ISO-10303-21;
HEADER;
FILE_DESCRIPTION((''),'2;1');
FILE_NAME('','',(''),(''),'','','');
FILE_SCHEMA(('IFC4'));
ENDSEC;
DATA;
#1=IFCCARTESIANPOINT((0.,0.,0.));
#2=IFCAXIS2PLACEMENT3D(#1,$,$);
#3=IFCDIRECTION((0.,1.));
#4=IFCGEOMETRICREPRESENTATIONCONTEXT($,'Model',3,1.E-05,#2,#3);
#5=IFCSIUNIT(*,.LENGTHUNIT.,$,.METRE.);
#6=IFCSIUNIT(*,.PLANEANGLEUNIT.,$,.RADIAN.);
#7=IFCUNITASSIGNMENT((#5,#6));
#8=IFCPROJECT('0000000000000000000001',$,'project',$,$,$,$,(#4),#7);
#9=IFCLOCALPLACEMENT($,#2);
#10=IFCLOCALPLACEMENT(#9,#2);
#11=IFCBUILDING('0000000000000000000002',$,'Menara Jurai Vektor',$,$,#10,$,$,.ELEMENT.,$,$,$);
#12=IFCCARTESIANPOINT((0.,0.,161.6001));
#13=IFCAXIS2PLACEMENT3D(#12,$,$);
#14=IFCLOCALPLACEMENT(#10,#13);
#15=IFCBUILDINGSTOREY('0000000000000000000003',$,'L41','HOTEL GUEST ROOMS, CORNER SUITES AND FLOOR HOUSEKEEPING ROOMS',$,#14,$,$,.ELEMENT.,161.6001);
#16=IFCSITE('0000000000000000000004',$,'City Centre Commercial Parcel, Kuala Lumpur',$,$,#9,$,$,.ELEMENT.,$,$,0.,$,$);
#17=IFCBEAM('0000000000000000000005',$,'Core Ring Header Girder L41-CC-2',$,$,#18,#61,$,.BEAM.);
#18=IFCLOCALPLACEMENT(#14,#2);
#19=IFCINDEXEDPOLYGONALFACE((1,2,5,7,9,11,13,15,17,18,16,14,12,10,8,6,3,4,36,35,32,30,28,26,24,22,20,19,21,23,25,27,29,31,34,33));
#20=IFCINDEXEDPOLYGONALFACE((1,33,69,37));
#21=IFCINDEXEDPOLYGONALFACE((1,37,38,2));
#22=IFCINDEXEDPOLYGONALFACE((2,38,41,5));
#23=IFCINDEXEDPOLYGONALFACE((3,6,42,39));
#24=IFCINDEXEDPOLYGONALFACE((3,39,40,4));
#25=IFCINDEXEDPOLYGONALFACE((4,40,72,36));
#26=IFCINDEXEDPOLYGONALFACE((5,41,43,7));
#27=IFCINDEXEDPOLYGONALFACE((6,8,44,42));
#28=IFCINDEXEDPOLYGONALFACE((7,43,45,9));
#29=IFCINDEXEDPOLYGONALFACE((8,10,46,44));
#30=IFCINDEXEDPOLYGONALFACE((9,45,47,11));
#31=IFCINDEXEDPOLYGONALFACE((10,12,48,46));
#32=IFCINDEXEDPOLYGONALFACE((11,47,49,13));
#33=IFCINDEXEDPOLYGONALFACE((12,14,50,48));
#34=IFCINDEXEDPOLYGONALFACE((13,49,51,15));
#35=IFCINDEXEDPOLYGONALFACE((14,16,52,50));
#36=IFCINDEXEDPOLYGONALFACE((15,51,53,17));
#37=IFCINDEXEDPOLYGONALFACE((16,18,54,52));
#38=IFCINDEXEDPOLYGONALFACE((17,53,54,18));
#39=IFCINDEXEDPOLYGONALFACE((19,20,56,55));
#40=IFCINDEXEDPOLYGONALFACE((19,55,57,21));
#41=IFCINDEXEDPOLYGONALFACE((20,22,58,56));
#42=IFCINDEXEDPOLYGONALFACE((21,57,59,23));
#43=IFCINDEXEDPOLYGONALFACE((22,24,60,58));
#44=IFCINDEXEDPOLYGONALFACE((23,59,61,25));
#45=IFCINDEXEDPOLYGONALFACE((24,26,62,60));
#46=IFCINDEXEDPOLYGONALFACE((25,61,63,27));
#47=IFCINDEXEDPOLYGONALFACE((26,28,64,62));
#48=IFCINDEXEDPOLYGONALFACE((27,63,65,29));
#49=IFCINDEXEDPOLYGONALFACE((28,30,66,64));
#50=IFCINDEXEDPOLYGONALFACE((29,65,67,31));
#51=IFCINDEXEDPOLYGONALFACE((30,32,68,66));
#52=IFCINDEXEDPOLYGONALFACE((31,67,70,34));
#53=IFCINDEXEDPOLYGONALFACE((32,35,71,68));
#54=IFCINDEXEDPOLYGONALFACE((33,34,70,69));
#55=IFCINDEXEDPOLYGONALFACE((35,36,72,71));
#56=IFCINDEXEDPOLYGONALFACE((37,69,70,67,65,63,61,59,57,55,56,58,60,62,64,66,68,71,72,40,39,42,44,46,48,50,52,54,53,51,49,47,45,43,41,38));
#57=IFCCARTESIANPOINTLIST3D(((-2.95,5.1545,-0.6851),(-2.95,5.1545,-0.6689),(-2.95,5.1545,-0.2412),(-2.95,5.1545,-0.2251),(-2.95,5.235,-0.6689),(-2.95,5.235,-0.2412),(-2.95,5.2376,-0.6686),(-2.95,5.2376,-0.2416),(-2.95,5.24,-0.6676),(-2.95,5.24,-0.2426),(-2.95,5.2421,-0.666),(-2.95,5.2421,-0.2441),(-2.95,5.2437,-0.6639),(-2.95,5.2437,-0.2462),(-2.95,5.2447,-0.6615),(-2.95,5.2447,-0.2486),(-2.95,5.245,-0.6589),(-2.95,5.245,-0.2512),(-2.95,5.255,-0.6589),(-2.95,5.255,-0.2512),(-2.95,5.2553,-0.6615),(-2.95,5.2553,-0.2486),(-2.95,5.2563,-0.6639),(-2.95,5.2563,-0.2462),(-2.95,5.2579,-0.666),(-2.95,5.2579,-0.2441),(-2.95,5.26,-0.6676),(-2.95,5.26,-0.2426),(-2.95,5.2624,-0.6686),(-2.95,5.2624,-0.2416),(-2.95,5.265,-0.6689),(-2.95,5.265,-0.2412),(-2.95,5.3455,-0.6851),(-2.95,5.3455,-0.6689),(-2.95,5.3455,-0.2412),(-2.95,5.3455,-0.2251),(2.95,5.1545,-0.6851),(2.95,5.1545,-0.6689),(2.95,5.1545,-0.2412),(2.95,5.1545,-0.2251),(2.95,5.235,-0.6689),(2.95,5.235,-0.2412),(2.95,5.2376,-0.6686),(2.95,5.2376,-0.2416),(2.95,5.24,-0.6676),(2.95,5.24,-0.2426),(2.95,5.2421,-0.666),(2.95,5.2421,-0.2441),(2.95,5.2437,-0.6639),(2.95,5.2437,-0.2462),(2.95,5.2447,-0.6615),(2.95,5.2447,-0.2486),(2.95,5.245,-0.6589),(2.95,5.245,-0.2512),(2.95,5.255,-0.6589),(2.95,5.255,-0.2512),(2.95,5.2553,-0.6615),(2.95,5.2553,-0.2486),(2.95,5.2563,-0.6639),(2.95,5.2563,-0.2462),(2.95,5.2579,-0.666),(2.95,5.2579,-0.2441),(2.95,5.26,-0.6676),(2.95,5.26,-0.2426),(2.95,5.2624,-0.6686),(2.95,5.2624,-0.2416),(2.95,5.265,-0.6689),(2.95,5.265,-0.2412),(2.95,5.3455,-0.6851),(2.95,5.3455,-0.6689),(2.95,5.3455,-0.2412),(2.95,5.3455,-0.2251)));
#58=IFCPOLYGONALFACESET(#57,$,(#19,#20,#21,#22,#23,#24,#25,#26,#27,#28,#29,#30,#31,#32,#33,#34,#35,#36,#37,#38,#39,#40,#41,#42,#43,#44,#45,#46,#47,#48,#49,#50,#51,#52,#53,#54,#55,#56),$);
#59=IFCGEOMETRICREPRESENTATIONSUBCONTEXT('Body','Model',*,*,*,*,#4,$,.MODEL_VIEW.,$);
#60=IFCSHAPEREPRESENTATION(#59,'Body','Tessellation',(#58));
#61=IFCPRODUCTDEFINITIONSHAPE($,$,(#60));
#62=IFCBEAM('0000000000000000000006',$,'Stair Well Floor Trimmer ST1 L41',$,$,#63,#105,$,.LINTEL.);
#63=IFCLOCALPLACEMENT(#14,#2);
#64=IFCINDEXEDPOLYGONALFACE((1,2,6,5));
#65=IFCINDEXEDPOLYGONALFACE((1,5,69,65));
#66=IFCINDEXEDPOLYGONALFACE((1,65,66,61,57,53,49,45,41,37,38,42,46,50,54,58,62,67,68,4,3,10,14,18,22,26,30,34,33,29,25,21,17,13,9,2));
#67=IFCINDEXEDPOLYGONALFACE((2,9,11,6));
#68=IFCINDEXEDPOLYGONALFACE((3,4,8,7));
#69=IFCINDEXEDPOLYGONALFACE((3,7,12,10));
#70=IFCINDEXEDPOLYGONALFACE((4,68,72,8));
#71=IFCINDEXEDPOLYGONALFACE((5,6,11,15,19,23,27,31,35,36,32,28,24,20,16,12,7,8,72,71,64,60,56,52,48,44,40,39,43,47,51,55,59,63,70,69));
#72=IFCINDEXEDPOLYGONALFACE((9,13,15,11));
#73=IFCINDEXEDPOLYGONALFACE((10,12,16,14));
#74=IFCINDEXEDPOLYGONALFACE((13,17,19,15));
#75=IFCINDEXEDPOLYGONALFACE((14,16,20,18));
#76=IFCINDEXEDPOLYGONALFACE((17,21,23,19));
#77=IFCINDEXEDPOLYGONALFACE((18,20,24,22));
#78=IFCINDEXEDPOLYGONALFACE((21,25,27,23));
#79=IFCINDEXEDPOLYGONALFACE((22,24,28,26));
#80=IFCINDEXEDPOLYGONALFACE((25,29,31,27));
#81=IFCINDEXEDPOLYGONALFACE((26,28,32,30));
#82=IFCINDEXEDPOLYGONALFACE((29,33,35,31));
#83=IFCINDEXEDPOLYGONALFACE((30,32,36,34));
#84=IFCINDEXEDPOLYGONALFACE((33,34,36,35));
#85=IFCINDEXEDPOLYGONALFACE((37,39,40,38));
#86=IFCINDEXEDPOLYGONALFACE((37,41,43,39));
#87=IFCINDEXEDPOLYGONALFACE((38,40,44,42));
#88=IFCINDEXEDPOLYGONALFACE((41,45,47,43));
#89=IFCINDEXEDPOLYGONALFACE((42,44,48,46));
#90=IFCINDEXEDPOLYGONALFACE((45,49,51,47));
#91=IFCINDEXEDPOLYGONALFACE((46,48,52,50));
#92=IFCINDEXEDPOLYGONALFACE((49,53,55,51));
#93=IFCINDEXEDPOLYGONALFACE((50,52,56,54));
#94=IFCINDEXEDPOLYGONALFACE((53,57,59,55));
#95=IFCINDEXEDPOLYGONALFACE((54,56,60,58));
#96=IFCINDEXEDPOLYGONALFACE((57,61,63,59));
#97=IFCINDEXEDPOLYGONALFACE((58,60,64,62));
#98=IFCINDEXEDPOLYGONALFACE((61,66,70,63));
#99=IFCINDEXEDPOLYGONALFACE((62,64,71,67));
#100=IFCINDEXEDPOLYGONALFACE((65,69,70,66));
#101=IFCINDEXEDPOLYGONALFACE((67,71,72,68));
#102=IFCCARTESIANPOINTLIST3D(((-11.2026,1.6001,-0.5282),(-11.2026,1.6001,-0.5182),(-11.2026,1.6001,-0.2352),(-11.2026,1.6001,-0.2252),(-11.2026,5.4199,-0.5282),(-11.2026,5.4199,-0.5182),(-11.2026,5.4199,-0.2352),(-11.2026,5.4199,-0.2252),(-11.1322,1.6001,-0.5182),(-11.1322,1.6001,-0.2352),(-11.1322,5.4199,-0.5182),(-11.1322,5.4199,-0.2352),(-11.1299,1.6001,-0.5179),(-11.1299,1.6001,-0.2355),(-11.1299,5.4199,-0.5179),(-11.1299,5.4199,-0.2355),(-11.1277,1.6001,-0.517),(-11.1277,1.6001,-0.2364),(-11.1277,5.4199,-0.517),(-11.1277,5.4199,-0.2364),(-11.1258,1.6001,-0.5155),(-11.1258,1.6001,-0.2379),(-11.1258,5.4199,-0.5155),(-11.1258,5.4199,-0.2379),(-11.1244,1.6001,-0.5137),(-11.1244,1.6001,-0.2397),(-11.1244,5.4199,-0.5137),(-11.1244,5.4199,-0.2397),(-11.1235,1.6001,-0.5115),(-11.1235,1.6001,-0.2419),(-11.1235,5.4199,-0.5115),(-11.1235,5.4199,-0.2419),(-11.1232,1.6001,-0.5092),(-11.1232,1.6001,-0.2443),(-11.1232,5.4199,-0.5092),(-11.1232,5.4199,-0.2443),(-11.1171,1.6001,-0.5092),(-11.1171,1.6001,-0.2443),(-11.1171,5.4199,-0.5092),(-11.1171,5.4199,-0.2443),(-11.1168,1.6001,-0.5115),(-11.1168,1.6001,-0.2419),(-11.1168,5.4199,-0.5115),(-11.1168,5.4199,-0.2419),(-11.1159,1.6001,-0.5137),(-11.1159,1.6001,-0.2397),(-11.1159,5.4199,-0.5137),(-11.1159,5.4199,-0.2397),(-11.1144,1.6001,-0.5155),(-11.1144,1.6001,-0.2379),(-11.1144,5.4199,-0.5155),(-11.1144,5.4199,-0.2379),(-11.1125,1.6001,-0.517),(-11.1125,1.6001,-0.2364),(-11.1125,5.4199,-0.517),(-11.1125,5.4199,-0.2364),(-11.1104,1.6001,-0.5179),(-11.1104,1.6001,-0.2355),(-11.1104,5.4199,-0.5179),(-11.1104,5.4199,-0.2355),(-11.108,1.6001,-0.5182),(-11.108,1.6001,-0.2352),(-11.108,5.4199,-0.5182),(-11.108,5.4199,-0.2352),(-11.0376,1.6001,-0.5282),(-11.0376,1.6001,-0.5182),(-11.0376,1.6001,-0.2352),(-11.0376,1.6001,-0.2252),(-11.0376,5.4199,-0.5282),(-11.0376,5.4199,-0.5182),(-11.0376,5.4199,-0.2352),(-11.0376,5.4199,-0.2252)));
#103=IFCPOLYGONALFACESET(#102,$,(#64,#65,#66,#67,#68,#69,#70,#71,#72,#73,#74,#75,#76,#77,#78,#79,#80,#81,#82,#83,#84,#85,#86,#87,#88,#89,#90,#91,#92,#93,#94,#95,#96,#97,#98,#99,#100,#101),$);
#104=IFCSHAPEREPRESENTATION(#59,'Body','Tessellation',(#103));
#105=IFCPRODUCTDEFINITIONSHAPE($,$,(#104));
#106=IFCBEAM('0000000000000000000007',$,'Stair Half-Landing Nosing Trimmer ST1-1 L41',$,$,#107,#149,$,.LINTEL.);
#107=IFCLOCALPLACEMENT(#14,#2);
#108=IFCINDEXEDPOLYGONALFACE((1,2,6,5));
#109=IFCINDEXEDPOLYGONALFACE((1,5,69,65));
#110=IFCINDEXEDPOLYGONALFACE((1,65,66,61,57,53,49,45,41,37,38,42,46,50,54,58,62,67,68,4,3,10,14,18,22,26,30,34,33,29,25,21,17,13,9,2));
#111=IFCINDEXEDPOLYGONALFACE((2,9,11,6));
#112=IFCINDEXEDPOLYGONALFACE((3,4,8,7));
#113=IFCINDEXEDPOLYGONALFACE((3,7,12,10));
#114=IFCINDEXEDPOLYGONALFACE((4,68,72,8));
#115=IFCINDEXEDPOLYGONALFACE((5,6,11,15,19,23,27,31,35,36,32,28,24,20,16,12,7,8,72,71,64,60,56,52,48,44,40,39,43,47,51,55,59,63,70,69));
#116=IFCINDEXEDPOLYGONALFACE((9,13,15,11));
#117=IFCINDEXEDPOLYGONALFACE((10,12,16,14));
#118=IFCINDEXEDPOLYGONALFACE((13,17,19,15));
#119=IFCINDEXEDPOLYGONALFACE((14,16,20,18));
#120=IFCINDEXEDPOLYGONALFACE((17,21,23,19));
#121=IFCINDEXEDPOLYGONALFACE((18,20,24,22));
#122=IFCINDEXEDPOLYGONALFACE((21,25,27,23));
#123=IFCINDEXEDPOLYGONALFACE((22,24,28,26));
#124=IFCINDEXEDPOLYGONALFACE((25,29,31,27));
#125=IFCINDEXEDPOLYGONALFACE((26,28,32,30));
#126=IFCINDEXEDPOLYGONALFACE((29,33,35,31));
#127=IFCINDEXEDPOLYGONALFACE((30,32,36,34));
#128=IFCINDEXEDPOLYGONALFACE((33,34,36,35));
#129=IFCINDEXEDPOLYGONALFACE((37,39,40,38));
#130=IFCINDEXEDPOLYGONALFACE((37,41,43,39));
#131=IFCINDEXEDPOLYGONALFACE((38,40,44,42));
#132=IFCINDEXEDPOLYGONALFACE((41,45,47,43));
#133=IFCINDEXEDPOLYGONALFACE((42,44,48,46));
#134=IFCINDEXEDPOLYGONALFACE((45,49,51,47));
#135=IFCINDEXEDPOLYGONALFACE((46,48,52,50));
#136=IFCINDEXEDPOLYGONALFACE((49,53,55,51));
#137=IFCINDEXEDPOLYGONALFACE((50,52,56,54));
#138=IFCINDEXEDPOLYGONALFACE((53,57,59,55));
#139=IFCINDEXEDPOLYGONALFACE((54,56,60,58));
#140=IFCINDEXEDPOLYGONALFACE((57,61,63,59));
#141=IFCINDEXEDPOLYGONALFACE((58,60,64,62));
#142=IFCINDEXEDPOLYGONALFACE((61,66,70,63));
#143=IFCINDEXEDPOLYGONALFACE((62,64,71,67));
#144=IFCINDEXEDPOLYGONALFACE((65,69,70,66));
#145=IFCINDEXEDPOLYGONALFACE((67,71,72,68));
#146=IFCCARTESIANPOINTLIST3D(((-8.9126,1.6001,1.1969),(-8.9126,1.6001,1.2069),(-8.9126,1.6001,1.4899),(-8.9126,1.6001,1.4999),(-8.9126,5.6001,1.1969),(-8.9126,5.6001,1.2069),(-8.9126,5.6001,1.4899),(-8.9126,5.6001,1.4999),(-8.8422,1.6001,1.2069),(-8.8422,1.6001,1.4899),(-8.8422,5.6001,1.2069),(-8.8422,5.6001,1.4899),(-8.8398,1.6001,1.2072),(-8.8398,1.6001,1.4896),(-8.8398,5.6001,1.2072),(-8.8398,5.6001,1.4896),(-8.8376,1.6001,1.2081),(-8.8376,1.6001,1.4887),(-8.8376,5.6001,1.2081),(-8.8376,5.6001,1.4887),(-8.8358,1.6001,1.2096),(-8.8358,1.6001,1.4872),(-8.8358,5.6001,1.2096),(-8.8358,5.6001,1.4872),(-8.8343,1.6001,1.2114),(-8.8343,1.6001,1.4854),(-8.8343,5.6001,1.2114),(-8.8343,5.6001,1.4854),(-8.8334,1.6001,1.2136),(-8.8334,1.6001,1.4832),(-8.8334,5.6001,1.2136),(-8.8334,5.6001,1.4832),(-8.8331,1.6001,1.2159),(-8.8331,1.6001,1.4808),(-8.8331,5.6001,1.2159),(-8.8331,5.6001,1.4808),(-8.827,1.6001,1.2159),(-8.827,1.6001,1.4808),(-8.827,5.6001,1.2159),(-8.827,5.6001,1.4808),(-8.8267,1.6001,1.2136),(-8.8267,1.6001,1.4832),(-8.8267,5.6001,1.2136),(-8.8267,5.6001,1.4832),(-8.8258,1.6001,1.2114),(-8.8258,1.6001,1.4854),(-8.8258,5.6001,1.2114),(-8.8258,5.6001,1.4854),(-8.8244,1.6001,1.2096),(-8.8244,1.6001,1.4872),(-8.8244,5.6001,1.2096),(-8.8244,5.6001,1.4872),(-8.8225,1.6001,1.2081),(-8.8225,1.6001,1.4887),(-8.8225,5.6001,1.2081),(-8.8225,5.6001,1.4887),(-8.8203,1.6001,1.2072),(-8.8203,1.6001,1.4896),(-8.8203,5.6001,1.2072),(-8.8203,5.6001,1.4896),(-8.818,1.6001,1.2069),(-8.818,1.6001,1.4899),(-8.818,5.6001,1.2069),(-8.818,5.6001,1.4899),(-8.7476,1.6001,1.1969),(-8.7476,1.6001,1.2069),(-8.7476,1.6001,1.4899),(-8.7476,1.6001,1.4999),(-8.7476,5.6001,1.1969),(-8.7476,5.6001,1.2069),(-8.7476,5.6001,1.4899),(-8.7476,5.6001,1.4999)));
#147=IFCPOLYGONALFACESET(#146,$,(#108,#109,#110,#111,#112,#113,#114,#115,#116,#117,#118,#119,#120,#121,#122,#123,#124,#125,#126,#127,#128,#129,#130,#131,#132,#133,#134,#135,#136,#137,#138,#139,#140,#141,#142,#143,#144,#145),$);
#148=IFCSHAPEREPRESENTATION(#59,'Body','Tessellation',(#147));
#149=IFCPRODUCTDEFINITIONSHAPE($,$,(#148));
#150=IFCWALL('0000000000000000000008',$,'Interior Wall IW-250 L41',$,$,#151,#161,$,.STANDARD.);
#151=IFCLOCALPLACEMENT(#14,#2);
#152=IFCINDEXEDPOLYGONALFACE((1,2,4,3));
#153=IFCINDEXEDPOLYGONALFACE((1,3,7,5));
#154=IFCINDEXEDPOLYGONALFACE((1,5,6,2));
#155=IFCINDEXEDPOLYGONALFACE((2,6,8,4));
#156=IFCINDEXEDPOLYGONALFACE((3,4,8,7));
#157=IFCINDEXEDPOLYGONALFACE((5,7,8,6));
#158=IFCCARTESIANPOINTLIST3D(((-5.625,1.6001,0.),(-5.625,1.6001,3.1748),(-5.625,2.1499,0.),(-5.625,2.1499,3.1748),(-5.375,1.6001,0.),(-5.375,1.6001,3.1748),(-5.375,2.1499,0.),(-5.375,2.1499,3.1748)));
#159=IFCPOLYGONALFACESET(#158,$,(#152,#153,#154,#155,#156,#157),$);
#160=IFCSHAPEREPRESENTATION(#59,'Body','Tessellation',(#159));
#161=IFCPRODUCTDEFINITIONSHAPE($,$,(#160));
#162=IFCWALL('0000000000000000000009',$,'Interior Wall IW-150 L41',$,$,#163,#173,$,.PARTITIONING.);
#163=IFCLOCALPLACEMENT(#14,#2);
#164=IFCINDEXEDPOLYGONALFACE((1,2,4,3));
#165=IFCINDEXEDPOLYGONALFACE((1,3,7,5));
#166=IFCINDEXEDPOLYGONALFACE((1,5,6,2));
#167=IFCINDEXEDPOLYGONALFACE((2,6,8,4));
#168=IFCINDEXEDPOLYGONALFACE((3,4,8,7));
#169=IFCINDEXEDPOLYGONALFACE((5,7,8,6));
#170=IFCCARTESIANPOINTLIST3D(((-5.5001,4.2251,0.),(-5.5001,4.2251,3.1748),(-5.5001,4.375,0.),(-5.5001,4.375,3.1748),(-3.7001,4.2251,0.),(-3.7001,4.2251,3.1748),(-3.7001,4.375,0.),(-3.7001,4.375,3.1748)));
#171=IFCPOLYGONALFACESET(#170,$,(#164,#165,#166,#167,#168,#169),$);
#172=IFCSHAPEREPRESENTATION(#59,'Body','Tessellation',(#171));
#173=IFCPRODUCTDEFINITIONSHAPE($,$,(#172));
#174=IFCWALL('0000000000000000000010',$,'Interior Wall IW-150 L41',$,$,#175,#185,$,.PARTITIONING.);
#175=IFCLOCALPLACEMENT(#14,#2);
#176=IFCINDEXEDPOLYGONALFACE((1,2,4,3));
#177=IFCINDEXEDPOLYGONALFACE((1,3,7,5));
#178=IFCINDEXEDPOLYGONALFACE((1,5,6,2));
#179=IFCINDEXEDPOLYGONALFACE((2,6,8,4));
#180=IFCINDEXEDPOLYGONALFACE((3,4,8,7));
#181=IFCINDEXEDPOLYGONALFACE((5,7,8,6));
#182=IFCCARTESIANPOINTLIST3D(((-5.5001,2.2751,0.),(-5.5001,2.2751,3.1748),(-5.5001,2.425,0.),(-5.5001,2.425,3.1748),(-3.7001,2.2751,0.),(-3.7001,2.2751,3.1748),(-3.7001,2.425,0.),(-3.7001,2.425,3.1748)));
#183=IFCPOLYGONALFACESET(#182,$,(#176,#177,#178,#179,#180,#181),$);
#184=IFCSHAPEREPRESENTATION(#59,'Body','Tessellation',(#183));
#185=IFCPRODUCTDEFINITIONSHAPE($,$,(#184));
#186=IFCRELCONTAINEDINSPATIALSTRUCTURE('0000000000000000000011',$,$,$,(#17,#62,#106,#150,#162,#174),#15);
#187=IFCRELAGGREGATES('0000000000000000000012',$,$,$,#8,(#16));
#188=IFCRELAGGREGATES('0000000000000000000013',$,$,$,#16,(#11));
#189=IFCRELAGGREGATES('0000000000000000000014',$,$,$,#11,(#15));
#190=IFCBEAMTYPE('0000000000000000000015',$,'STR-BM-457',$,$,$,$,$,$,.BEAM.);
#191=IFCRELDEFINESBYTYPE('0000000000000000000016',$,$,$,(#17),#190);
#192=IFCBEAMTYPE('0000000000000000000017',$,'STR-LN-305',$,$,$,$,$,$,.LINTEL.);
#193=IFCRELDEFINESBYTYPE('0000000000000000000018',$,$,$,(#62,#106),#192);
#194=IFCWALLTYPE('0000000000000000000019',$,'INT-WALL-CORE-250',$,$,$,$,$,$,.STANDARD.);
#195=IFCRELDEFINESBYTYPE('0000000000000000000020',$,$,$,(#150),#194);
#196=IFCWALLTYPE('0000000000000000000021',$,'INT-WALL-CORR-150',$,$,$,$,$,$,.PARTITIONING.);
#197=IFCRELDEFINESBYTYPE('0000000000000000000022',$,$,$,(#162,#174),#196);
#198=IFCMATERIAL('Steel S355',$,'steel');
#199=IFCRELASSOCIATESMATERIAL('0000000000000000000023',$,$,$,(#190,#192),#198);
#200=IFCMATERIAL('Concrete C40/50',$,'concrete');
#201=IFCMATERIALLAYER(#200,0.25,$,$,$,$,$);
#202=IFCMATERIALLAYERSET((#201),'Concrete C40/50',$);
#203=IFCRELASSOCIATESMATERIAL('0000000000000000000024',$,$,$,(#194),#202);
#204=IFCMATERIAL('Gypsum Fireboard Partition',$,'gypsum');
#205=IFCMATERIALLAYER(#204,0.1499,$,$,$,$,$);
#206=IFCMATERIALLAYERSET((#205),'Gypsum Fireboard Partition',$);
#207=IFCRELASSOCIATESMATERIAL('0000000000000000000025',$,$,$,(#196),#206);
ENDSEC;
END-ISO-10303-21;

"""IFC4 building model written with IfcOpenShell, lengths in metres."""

from ifc_helpers import new_model, si_unit, direction, frame, frame_2d, origin, origin_2d, place, context, subcontext, project, spatial, rectangle, i_section, extrude, material, layer, layer_set, material_profile, profile_set, type_object, element, save


model = new_model("IFC4")

# Units and contexts
model_context = context("Model", 3, precision=1e-05, world=origin(), true_north=direction((0.0, 1.0)))
body_context = subcontext(model_context, "Body", "Model", "MODEL_VIEW")
ifc_project = project(units=[si_unit("LENGTHUNIT", "METRE"), si_unit("PLANEANGLEUNIT", "RADIAN")], contexts=[model_context])

# Site, building, storey
site_placement = place(None, origin())
site = spatial("IfcSite", under=ifc_project, at=site_placement, Name="City Centre Commercial Parcel, Kuala Lumpur", CompositionType="ELEMENT", RefElevation=0.0)
building_placement = place(site_placement, origin())
building = spatial("IfcBuilding", under=site, at=building_placement, Name="Menara Jurai Vektor", CompositionType="ELEMENT")
storey_placement = place(building_placement, frame((0.0, 0.0, 161.6001)))
storey = spatial("IfcBuildingStorey", under=building, at=storey_placement, Name="L41", Description="HOTEL GUEST ROOMS, CORNER SUITES AND FLOOR HOUSEKEEPING ROOMS", CompositionType="ELEMENT", Elevation=161.6001)

# Shared definitions
ifc_material_1 = material(Name="Steel S355", Category="steel")

# Beams
ifc_material_profile_1 = material_profile(ifc_material_1, i_section(OverallWidth=0.1909, OverallDepth=0.46, WebThickness=0.01, FlangeThickness=0.0161, FilletRadius=0.01, at=origin_2d()), Name="UKB 457x191x82")
ifc_profile_set_1 = profile_set([ifc_material_profile_1], Name="Steel S355")
beam_type_1 = type_object("IfcBeamType", Name="STR-BM-457", PredefinedType="BEAM", material=ifc_profile_set_1)
beam_1_placement = place(storey_placement, frame((-2.95, 5.25, -0.4551), z_axis=(1.0, 0.0, 0.0), x_axis=(0.0, 1.0, 0.0)))
element("IfcBeam", 1, at=beam_1_placement, inside=storey, type_object=beam_type_1, Name="Core Ring Header Girder L41-CC-2", PredefinedType="BEAM", context=body_context, shape_type="SweptSolid", body=[
    extrude(i_section(OverallWidth=0.1909, OverallDepth=0.46, WebThickness=0.01, FlangeThickness=0.0161, FilletRadius=0.01, at=origin_2d()), origin(), (0.0, 0.0, 1.0), 5.8999),
])
ifc_material_profile_2 = material_profile(ifc_material_1, i_section(OverallWidth=0.165, OverallDepth=0.303, WebThickness=0.0061, FlangeThickness=0.01, FilletRadius=0.009, at=origin_2d()), Name="UKB 305x165x40")
ifc_profile_set_2 = profile_set([ifc_material_profile_2], Name="Steel S355")
beam_type_2 = type_object("IfcBeamType", Name="STR-LN-305", PredefinedType="LINTEL", material=ifc_profile_set_2)
beam_2_placement = place(storey_placement, frame((-11.1201, 1.6001, -0.3767), z_axis=(0.0, 1.0, 0.0), x_axis=(-1.0, 0.0, 0.0)))
element("IfcBeam", 2, at=beam_2_placement, inside=storey, type_object=beam_type_2, Name="Stair Well Floor Trimmer ST1 L41", PredefinedType="LINTEL", context=body_context, shape_type="SweptSolid", body=[
    extrude(i_section(OverallWidth=0.165, OverallDepth=0.303, WebThickness=0.0061, FlangeThickness=0.01, FilletRadius=0.009, at=origin_2d()), origin(), (0.0, 0.0, 1.0), 3.8198),
])
beam_3_placement = place(storey_placement, frame((-8.8301, 1.6001, 1.3484), z_axis=(0.0, 1.0, 0.0), x_axis=(-1.0, 0.0, 0.0)))
element("IfcBeam", 3, at=beam_3_placement, inside=storey, type_object=beam_type_2, Name="Stair Half-Landing Nosing Trimmer ST1-1 L41", PredefinedType="LINTEL", context=body_context, shape_type="SweptSolid", body=[
    extrude(i_section(OverallWidth=0.165, OverallDepth=0.303, WebThickness=0.0061, FlangeThickness=0.01, FilletRadius=0.009, at=origin_2d()), origin(), (0.0, 0.0, 1.0), 4.0),
])

# Shared definitions
ifc_material_2 = material(Name="Concrete C40/50", Category="concrete")
ifc_layer_1 = layer(ifc_material_2, 0.25)
ifc_layer_set_1 = layer_set([ifc_layer_1], Name="Concrete C40/50")
wall_type_1 = type_object("IfcWallType", Name="INT-WALL-CORE-250", PredefinedType="STANDARD", material=ifc_layer_set_1)

# Walls
wall_1_placement = place(storey_placement, frame((-5.5, 1.6001, 0.0), z_axis=(0.0, 0.0, 1.0), x_axis=(0.0, 1.0, 0.0)))
element("IfcWall", 4, at=wall_1_placement, inside=storey, type_object=wall_type_1, Name="Interior Wall IW-250 L41", PredefinedType="STANDARD", context=body_context, shape_type="SweptSolid", body=[
    extrude(rectangle(XDim=0.5498, YDim=0.25, at=frame_2d((0.2749, 0.0))), origin(), (0.0, 0.0, 1.0), 3.1748),
])
ifc_material_3 = material(Name="Gypsum Fireboard Partition", Category="gypsum")
ifc_layer_2 = layer(ifc_material_3, 0.1499)
ifc_layer_set_2 = layer_set([ifc_layer_2], Name="Gypsum Fireboard Partition")
wall_type_2 = type_object("IfcWallType", Name="INT-WALL-CORR-150", PredefinedType="PARTITIONING", material=ifc_layer_set_2)
for number, where, z_axis, x_axis, name in (
    (5, (-5.5, 4.3, 0.0), (0.0, 0.0, 1.0), (1.0, 0.0, 0.0), "Interior Wall IW-150 L41"),
    (6, (-5.5, 2.3501, 0.0), (0.0, 0.0, 1.0), (1.0, 0.0, 0.0), "Interior Wall IW-150 L41"),
):
    element("IfcWall", number, at=place(storey_placement, frame(where, z_axis=z_axis, x_axis=x_axis)), inside=storey, type_object=wall_type_2, Name=name, PredefinedType="PARTITIONING", context=body_context, shape_type="SweptSolid", body=[
        extrude(rectangle(XDim=1.8, YDim=0.1499, at=frame_2d((0.8999, 0.0))), origin(), (0.0, 0.0, 1.0), 3.1748),
    ])

save(model, "model.ifc")
